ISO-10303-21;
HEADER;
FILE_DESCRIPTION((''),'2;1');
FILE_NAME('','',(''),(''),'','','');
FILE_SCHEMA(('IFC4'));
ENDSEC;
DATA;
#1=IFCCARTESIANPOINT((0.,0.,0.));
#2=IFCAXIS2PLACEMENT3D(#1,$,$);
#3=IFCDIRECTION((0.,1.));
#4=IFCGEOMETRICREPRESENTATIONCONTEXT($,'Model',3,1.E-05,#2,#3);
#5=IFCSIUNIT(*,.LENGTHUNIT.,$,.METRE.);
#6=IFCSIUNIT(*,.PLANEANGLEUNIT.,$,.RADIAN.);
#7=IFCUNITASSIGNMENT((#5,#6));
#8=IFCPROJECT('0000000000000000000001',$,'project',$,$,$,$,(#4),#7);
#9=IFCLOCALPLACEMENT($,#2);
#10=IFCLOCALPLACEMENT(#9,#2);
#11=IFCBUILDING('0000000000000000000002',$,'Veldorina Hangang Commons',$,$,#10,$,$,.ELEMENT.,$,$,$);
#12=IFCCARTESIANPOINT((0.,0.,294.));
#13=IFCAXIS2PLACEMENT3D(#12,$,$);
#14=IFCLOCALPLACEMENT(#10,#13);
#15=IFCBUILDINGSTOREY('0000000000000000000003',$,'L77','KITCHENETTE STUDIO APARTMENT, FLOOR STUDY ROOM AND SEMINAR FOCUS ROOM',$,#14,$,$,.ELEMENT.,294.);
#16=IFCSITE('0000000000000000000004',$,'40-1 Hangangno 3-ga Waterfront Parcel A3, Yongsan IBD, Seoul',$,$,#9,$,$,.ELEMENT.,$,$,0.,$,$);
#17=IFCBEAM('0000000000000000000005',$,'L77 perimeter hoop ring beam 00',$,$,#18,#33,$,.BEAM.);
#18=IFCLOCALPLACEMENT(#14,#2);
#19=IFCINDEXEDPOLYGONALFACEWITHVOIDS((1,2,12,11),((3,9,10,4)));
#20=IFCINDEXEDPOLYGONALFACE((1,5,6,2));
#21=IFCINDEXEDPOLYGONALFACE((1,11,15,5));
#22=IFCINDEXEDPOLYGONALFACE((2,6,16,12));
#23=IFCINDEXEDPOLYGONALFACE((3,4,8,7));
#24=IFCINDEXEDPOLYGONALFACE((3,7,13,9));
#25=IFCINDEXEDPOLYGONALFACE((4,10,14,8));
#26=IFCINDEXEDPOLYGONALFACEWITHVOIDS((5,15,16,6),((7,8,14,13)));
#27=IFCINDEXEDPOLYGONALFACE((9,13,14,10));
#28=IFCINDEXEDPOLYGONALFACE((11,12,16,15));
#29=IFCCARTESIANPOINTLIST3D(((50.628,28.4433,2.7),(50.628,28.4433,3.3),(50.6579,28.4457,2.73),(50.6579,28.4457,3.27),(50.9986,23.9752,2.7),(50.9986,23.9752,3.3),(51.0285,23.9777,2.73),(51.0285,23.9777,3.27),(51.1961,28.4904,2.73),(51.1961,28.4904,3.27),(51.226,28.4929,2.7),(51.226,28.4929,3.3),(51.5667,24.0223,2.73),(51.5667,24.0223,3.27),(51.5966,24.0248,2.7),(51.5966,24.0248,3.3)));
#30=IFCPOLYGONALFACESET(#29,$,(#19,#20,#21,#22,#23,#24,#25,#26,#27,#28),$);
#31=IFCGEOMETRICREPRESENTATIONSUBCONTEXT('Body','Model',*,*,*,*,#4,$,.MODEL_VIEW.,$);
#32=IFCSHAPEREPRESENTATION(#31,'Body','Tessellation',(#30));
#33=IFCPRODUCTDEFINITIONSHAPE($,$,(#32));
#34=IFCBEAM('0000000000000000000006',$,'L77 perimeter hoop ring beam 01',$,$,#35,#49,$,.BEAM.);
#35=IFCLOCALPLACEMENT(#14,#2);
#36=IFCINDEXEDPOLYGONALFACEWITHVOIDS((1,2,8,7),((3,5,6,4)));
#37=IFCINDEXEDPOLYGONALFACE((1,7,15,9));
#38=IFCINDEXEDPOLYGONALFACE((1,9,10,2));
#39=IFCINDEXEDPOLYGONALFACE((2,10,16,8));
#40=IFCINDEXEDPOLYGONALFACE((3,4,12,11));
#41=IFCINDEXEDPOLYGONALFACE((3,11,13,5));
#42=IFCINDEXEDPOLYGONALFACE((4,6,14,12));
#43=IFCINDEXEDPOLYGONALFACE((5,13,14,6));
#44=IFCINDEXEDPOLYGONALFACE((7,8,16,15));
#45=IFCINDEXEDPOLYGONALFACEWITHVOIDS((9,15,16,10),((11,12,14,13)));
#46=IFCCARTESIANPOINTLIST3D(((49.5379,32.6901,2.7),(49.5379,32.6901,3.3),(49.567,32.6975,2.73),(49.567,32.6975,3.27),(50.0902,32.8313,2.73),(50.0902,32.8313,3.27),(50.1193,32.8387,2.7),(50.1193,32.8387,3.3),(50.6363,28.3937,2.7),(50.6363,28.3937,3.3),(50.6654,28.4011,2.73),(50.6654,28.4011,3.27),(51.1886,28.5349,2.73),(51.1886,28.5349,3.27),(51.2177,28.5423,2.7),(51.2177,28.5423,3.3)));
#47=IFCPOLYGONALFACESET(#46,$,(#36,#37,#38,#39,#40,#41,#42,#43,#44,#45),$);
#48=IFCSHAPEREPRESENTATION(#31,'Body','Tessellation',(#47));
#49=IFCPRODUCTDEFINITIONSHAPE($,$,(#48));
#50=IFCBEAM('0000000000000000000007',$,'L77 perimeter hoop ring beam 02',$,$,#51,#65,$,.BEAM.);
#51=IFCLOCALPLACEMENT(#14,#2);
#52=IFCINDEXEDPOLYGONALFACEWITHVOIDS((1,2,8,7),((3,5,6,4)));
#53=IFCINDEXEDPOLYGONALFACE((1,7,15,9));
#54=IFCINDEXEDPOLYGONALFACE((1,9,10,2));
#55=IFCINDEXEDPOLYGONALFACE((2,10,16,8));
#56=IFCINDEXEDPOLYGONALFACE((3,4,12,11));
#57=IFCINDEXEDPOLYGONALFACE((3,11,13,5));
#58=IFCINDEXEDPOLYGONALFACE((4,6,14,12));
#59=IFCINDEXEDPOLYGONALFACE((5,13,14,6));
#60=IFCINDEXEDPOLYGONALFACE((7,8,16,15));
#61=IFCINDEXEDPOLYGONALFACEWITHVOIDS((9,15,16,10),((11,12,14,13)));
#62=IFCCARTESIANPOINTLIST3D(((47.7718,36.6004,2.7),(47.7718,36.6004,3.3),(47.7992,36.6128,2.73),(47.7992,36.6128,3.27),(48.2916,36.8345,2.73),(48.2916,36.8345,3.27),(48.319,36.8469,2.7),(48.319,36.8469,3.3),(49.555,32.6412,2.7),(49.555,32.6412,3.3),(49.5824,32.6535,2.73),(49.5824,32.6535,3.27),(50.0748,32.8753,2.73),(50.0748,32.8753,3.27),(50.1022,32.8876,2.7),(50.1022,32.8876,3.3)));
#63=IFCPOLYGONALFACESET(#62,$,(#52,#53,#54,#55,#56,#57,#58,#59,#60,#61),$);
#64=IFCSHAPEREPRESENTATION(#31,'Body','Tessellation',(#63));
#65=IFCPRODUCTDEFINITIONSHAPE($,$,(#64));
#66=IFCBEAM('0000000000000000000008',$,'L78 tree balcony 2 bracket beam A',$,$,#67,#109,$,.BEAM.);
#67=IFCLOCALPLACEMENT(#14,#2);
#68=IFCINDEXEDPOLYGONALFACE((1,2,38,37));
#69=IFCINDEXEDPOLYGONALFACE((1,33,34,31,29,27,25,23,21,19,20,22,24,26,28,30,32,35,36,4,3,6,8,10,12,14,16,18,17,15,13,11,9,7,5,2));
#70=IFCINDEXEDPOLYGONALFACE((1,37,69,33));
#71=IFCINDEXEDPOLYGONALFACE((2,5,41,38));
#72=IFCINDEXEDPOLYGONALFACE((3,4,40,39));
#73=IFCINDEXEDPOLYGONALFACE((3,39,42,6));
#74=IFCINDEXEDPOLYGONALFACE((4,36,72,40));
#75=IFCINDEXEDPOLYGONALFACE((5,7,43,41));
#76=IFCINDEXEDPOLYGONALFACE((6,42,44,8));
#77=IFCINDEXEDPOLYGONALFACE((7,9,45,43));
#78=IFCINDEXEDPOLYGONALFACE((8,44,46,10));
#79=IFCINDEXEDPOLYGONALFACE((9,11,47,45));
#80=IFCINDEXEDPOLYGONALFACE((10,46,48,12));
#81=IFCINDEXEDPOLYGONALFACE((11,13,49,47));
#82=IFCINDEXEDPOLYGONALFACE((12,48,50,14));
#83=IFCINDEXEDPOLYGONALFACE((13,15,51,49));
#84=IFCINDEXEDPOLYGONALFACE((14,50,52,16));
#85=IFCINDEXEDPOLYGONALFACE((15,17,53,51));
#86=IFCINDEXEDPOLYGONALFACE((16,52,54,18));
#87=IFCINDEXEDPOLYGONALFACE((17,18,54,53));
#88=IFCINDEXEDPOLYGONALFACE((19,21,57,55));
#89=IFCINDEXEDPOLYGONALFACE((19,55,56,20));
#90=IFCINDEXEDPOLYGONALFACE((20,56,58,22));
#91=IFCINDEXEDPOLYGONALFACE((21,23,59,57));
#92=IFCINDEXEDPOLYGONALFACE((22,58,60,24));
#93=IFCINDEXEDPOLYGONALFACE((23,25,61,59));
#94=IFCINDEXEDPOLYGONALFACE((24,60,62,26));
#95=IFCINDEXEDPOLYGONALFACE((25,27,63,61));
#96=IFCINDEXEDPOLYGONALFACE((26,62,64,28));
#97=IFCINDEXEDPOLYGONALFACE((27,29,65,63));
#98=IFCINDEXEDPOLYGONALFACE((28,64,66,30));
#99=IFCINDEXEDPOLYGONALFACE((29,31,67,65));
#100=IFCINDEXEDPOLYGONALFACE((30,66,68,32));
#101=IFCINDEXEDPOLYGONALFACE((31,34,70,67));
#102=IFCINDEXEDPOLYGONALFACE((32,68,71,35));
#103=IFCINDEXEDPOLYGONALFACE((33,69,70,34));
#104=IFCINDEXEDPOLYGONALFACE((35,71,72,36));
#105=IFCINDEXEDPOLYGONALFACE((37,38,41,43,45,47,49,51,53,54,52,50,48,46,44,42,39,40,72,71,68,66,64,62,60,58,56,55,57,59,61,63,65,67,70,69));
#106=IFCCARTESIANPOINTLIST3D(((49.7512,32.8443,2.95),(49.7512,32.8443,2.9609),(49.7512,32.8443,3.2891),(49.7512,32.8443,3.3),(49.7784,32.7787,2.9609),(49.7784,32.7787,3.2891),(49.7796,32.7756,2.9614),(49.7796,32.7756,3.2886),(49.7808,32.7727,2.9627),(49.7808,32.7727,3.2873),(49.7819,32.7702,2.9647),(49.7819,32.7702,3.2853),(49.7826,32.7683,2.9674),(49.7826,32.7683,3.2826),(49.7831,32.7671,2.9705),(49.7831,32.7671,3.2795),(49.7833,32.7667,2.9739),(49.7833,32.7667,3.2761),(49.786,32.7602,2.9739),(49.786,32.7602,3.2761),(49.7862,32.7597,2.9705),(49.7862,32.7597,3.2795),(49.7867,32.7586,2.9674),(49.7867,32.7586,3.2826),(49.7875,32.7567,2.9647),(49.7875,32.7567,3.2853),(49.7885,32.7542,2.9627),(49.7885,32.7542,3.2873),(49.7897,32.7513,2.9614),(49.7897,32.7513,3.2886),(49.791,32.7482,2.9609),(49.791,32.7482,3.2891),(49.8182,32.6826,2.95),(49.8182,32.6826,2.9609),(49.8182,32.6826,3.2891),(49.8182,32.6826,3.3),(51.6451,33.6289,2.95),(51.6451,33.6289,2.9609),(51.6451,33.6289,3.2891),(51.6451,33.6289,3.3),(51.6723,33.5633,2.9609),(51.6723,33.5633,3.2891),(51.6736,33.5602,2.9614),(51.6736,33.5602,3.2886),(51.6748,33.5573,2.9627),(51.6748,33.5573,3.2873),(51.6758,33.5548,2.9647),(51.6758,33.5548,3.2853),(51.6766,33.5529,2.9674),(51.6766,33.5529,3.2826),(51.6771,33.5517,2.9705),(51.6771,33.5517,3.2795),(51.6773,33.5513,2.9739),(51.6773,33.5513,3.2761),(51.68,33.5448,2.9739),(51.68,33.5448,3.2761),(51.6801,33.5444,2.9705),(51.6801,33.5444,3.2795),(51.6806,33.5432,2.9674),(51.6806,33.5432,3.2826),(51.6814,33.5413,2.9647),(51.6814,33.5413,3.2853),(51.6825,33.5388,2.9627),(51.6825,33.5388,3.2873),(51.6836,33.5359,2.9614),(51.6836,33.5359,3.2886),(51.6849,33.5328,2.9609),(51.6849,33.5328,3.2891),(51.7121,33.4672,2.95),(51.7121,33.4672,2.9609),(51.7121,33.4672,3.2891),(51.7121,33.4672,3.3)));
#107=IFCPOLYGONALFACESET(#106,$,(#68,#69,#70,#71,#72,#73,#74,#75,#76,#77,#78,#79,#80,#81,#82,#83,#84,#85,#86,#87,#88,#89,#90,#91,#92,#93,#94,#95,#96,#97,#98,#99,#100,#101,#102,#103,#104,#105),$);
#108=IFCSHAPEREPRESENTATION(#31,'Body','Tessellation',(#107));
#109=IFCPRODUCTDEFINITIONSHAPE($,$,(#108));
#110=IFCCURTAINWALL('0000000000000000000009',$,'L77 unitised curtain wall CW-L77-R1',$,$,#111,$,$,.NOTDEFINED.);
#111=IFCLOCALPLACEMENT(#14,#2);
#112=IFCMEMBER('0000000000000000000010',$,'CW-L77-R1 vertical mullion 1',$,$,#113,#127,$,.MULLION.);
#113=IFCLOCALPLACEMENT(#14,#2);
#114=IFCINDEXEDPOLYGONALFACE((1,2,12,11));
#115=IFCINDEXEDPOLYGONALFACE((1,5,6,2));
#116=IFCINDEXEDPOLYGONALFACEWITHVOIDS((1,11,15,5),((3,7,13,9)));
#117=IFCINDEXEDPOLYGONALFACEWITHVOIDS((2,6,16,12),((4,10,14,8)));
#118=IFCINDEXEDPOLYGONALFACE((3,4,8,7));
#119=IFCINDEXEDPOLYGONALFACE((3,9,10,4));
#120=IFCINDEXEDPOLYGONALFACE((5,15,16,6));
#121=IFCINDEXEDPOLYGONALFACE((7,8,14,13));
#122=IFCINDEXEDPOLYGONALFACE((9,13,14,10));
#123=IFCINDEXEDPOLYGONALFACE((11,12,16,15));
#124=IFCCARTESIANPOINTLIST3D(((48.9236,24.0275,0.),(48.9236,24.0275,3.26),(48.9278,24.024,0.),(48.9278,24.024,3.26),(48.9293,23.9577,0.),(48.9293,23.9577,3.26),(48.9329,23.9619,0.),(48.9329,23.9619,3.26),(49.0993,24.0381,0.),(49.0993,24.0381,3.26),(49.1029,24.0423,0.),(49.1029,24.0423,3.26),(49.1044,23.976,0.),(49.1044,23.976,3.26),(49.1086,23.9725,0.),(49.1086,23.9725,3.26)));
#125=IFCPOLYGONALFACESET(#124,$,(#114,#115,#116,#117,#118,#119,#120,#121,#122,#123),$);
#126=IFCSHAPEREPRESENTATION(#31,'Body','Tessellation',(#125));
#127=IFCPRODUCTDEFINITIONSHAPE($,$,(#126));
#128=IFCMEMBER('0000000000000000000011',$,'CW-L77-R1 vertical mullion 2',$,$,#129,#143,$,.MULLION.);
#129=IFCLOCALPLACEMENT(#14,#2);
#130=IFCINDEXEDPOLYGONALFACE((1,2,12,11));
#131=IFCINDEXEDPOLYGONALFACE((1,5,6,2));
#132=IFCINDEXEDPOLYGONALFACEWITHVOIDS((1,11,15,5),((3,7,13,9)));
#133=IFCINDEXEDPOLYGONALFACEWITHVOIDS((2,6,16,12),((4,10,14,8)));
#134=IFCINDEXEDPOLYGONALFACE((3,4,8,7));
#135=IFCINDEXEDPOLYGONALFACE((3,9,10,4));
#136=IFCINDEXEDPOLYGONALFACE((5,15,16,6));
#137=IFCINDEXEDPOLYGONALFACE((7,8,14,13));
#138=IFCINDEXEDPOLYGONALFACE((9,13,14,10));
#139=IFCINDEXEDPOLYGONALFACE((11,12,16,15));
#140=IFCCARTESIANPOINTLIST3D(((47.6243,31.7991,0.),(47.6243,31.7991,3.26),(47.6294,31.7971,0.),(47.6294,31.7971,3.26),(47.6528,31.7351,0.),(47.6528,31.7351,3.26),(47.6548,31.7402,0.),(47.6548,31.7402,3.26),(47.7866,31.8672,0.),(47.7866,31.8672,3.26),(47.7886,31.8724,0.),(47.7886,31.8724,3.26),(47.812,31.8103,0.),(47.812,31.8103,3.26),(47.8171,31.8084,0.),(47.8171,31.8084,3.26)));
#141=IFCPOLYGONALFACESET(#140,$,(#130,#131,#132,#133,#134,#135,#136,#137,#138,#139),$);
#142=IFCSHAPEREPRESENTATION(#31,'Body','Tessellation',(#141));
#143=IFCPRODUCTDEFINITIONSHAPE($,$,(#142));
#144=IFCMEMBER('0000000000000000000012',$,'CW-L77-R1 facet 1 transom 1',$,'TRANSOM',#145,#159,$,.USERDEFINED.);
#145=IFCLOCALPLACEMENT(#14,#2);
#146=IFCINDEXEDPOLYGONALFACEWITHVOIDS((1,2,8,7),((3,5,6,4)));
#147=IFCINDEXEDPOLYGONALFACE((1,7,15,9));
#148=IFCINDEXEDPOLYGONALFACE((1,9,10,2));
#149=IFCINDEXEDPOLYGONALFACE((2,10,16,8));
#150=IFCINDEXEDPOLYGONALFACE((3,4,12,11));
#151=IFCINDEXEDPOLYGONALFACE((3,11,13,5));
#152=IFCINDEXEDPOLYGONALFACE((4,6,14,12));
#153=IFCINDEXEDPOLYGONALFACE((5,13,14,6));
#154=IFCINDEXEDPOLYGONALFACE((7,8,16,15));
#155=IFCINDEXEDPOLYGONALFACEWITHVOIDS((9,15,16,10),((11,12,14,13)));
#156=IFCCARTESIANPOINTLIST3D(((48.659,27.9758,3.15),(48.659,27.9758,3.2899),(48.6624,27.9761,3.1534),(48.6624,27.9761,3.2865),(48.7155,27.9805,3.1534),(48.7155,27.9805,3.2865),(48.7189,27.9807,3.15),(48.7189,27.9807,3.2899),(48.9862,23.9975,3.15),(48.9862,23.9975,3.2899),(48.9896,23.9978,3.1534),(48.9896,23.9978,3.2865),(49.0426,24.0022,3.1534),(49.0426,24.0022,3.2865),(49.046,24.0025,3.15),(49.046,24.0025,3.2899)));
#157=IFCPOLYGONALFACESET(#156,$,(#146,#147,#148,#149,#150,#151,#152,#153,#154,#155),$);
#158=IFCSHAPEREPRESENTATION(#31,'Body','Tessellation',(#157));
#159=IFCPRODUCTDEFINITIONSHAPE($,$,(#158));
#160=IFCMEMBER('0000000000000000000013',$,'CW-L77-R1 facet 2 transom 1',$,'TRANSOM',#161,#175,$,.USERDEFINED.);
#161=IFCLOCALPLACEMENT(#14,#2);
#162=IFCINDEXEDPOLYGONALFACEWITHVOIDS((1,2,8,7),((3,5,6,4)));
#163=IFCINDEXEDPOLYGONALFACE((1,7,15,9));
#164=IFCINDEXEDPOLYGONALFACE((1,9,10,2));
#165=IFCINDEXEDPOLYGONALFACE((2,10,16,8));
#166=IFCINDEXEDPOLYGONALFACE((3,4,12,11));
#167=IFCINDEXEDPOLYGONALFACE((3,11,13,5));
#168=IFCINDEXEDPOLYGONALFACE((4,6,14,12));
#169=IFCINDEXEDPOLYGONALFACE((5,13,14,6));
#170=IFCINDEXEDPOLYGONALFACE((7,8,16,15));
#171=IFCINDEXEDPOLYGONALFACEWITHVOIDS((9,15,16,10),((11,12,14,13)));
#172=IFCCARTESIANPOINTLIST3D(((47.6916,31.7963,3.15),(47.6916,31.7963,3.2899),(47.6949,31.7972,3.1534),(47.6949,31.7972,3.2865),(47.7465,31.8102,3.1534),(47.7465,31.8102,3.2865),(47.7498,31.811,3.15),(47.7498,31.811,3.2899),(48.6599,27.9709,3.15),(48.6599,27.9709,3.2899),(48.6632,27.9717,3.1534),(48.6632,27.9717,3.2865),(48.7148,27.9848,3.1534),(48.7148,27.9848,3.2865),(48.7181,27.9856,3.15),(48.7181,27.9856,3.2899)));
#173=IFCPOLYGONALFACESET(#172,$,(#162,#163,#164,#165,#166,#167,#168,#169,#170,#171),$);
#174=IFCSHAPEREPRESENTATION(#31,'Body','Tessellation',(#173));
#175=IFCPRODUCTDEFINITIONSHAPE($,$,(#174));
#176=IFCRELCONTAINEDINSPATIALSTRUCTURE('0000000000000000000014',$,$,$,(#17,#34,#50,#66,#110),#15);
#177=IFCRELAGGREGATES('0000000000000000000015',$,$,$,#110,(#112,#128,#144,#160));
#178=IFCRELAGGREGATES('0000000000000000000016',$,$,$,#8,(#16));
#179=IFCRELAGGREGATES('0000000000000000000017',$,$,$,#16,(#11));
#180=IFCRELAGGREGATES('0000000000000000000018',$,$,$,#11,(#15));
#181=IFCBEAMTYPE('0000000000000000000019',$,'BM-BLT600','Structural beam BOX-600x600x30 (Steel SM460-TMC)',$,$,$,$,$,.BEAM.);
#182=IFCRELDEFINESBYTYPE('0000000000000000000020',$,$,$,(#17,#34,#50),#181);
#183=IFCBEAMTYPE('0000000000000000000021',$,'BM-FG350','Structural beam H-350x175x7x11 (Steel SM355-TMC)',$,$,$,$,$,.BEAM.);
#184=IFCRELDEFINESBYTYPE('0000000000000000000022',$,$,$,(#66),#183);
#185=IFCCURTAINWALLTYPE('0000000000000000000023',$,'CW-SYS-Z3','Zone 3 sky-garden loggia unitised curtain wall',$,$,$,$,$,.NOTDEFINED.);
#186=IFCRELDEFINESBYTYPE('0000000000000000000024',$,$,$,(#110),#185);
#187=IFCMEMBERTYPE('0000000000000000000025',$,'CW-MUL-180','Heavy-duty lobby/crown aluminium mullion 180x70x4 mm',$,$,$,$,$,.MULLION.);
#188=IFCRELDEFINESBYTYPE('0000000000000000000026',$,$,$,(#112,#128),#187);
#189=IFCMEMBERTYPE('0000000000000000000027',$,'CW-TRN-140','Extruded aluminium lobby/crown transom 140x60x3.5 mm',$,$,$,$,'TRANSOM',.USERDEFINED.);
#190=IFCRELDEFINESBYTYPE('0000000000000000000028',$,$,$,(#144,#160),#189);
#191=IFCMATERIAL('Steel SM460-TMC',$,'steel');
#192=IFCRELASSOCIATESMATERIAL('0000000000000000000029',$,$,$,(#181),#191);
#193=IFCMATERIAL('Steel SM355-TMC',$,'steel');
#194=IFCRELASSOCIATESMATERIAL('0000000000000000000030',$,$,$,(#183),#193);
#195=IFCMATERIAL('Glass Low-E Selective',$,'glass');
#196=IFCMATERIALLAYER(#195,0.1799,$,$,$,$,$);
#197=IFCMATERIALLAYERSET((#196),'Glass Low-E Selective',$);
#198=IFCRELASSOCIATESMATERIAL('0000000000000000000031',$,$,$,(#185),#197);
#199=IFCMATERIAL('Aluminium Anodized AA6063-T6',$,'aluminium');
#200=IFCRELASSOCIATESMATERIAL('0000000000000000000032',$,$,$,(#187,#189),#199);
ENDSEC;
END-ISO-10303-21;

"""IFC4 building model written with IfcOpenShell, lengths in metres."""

from ifc_helpers import new_model, si_unit, direction, frame, origin, origin_2d, place, context, subcontext, project, spatial, hollow_rectangle, i_section, extrude, material, layer, layer_set, material_profile, profile_set, type_object, element, aggregate, save


model = new_model("IFC4")

# Units and contexts
model_context = context("Model", 3, precision=1e-05, world=origin(), true_north=direction((0.0, 1.0)))
body_context = subcontext(model_context, "Body", "Model", "MODEL_VIEW")
ifc_project = project(units=[si_unit("LENGTHUNIT", "METRE"), si_unit("PLANEANGLEUNIT", "RADIAN")], contexts=[model_context])

# Site, building, storey
site_placement = place(None, origin())
site = spatial("IfcSite", under=ifc_project, at=site_placement, Name="40-1 Hangangno 3-ga Waterfront Parcel A3, Yongsan IBD, Seoul", CompositionType="ELEMENT", RefElevation=0.0)
building_placement = place(site_placement, origin())
building = spatial("IfcBuilding", under=site, at=building_placement, Name="Veldorina Hangang Commons", CompositionType="ELEMENT")
storey_placement = place(building_placement, frame((0.0, 0.0, 294.0)))
storey = spatial("IfcBuildingStorey", under=building, at=storey_placement, Name="L77", Description="KITCHENETTE STUDIO APARTMENT, FLOOR STUDY ROOM AND SEMINAR FOCUS ROOM", CompositionType="ELEMENT", Elevation=294.0)

# Beams
ifc_material_1 = material(Name="Steel SM460-TMC", Category="steel")
ifc_material_profile_1 = material_profile(ifc_material_1, hollow_rectangle(XDim=0.6001, YDim=0.6001, WallThickness=0.03, at=origin_2d()), Name="BOX-600x600x30")
ifc_profile_set_1 = profile_set([ifc_material_profile_1], Name="Steel SM460-TMC")
beam_type_1 = type_object("IfcBeamType", Name="BM-BLT600", Description="Structural beam BOX-600x600x30 (Steel SM460-TMC)", PredefinedType="BEAM", material=ifc_profile_set_1)
beam_1_placement = place(storey_placement, frame((51.2976, 24.0, 3.0), z_axis=(-0.082662, 0.996578, 0.0), x_axis=(-0.996578, -0.082662, 0.0)))
element("IfcBeam", 1, at=beam_1_placement, inside=storey, type_object=beam_type_1, Name="L77 perimeter hoop ring beam 00", PredefinedType="BEAM", context=body_context, shape_type="SweptSolid", body=[
    extrude(hollow_rectangle(XDim=0.6001, YDim=0.6001, WallThickness=0.03, at=origin_2d()), origin(), (0.0, 0.0, 1.0), 4.4834),
])
beam_2_placement = place(storey_placement, frame((50.927, 28.468, 3.0), z_axis=(-0.247688, 0.96884, 0.0), x_axis=(-0.96884, -0.247688, 0.0)))
element("IfcBeam", 2, at=beam_2_placement, inside=storey, type_object=beam_type_1, Name="L77 perimeter hoop ring beam 01", PredefinedType="BEAM", context=body_context, shape_type="SweptSolid", body=[
    extrude(hollow_rectangle(XDim=0.6001, YDim=0.6001, WallThickness=0.03, at=origin_2d()), origin(), (0.0, 0.0, 1.0), 4.4346),
])
beam_3_placement = place(storey_placement, frame((49.8286, 32.7644, 3.0), z_axis=(-0.410662, 0.911788, 0.0), x_axis=(-0.911788, -0.410662, 0.0)))
element("IfcBeam", 3, at=beam_3_placement, inside=storey, type_object=beam_type_1, Name="L77 perimeter hoop ring beam 02", PredefinedType="BEAM", context=body_context, shape_type="SweptSolid", body=[
    extrude(hollow_rectangle(XDim=0.6001, YDim=0.6001, WallThickness=0.03, at=origin_2d()), origin(), (0.0, 0.0, 1.0), 4.3423),
])
ifc_material_2 = material(Name="Steel SM355-TMC", Category="steel")
ifc_material_profile_2 = material_profile(ifc_material_2, i_section(OverallWidth=0.175, OverallDepth=0.3501, WebThickness=0.0071, FlangeThickness=0.011, FilletRadius=0.0129, at=origin_2d()), Name="H-350x175x7x11")
ifc_profile_set_2 = profile_set([ifc_material_profile_2], Name="Steel SM355-TMC")
beam_type_2 = type_object("IfcBeamType", Name="BM-FG350", Description="Structural beam H-350x175x7x11 (Steel SM355-TMC)", PredefinedType="BEAM", material=ifc_profile_set_2)
beam_4_placement = place(storey_placement, frame((49.7847, 32.7634, 3.125), z_axis=(0.923857, 0.382737, 0.0), x_axis=(-0.382737, 0.923857, 0.0)))
element("IfcBeam", 4, at=beam_4_placement, inside=storey, type_object=beam_type_2, Name="L78 tree balcony 2 bracket beam A", PredefinedType="BEAM", context=body_context, shape_type="SweptSolid", body=[
    extrude(i_section(OverallWidth=0.175, OverallDepth=0.3501, WebThickness=0.0071, FlangeThickness=0.011, FilletRadius=0.0129, at=origin_2d()), origin(), (0.0, 0.0, 1.0), 2.05),
])

# Curtain wall, members
ifc_material_3 = material(Name="Glass Low-E Selective", Category="glass")
ifc_layer_1 = layer(ifc_material_3, 0.1799)
ifc_layer_set_1 = layer_set([ifc_layer_1], Name="Glass Low-E Selective")
curtain_wall_type = type_object("IfcCurtainWallType", Name="CW-SYS-Z3", Description="Zone 3 sky-garden loggia unitised curtain wall", PredefinedType="NOTDEFINED", material=ifc_layer_set_1)
curtain_wall_placement = place(storey_placement, origin())
curtain_wall = element("IfcCurtainWall", 5, at=curtain_wall_placement, inside=storey, type_object=curtain_wall_type, Name="L77 unitised curtain wall CW-L77-R1", PredefinedType="NOTDEFINED")
ifc_material_4 = material(Name="Aluminium Anodized AA6063-T6", Category="aluminium")
ifc_material_profile_3 = material_profile(ifc_material_4, hollow_rectangle(XDim=0.0701, YDim=0.1799, WallThickness=0.0039, at=origin_2d()), Name="ALU-RHS-180x70x4")
ifc_profile_set_3 = profile_set([ifc_material_profile_3], Name="Aluminium Anodized AA6063-T6")
member_type_1 = type_object("IfcMemberType", Name="CW-MUL-180", Description="Heavy-duty lobby/crown aluminium mullion 180x70x4 mm", PredefinedType="MULLION", material=ifc_profile_set_3)
member_1_placement = place(storey_placement, frame((49.0161, 24.0, 0.0), z_axis=(0.0, 0.0, 1.0), x_axis=(-0.081921, 0.996639, 0.0)))
member_1 = element("IfcMember", 6, at=member_1_placement, type_object=member_type_1, Name="CW-L77-R1 vertical mullion 1", PredefinedType="MULLION", context=body_context, shape_type="SweptSolid", body=[
    extrude(hollow_rectangle(XDim=0.0701, YDim=0.1799, WallThickness=0.0039, at=origin_2d()), origin(), (0.0, 0.0, 1.0), 3.26),
])
member_2_placement = place(storey_placement, frame((47.7207, 31.8037, 0.0), z_axis=(0.0, 0.0, 1.0), x_axis=(-0.407327, 0.913283, 0.0)))
member_2 = element("IfcMember", 7, at=member_2_placement, type_object=member_type_1, Name="CW-L77-R1 vertical mullion 2", PredefinedType="MULLION", context=body_context, shape_type="SweptSolid", body=[
    extrude(hollow_rectangle(XDim=0.0701, YDim=0.1799, WallThickness=0.0039, at=origin_2d()), origin(), (0.0, 0.0, 1.0), 3.26),
])
ifc_material_profile_4 = material_profile(ifc_material_4, hollow_rectangle(XDim=0.0601, YDim=0.1399, WallThickness=0.0034, at=origin_2d()), Name="ALU-RHS-140x60x3.5")
ifc_profile_set_4 = profile_set([ifc_material_profile_4], Name="Aluminium Anodized AA6063-T6")
member_type_2 = type_object("IfcMemberType", Name="CW-TRN-140", Description="Extruded aluminium lobby/crown transom 140x60x3.5 mm", ElementType="TRANSOM", PredefinedType="USERDEFINED", material=ifc_profile_set_4)
member_3_placement = place(storey_placement, frame((49.0161, 24.0, 3.22), z_axis=(-0.081957, 0.996636, 0.0), x_axis=(-0.996636, -0.081957, 0.0)))
member_3 = element("IfcMember", 8, at=member_3_placement, type_object=member_type_2, Name="CW-L77-R1 facet 1 transom 1", ObjectType="TRANSOM", PredefinedType="USERDEFINED", context=body_context, shape_type="SweptSolid", body=[
    extrude(hollow_rectangle(XDim=0.0601, YDim=0.1399, WallThickness=0.0034, at=origin_2d()), origin(), (0.0, 0.0, 1.0), 3.9917),
])
member_4_placement = place(storey_placement, frame((48.689, 27.9783, 3.22), z_axis=(-0.245373, 0.969429, 0.0), x_axis=(-0.969429, -0.245373, 0.0)))
member_4 = element("IfcMember", 9, at=member_4_placement, type_object=member_type_2, Name="CW-L77-R1 facet 2 transom 1", ObjectType="TRANSOM", PredefinedType="USERDEFINED", context=body_context, shape_type="SweptSolid", body=[
    extrude(hollow_rectangle(XDim=0.0601, YDim=0.1399, WallThickness=0.0034, at=origin_2d()), origin(), (0.0, 0.0, 1.0), 3.946),
])

aggregate(curtain_wall, [member_1, member_2, member_3, member_4])

save(model, "model.ifc")
